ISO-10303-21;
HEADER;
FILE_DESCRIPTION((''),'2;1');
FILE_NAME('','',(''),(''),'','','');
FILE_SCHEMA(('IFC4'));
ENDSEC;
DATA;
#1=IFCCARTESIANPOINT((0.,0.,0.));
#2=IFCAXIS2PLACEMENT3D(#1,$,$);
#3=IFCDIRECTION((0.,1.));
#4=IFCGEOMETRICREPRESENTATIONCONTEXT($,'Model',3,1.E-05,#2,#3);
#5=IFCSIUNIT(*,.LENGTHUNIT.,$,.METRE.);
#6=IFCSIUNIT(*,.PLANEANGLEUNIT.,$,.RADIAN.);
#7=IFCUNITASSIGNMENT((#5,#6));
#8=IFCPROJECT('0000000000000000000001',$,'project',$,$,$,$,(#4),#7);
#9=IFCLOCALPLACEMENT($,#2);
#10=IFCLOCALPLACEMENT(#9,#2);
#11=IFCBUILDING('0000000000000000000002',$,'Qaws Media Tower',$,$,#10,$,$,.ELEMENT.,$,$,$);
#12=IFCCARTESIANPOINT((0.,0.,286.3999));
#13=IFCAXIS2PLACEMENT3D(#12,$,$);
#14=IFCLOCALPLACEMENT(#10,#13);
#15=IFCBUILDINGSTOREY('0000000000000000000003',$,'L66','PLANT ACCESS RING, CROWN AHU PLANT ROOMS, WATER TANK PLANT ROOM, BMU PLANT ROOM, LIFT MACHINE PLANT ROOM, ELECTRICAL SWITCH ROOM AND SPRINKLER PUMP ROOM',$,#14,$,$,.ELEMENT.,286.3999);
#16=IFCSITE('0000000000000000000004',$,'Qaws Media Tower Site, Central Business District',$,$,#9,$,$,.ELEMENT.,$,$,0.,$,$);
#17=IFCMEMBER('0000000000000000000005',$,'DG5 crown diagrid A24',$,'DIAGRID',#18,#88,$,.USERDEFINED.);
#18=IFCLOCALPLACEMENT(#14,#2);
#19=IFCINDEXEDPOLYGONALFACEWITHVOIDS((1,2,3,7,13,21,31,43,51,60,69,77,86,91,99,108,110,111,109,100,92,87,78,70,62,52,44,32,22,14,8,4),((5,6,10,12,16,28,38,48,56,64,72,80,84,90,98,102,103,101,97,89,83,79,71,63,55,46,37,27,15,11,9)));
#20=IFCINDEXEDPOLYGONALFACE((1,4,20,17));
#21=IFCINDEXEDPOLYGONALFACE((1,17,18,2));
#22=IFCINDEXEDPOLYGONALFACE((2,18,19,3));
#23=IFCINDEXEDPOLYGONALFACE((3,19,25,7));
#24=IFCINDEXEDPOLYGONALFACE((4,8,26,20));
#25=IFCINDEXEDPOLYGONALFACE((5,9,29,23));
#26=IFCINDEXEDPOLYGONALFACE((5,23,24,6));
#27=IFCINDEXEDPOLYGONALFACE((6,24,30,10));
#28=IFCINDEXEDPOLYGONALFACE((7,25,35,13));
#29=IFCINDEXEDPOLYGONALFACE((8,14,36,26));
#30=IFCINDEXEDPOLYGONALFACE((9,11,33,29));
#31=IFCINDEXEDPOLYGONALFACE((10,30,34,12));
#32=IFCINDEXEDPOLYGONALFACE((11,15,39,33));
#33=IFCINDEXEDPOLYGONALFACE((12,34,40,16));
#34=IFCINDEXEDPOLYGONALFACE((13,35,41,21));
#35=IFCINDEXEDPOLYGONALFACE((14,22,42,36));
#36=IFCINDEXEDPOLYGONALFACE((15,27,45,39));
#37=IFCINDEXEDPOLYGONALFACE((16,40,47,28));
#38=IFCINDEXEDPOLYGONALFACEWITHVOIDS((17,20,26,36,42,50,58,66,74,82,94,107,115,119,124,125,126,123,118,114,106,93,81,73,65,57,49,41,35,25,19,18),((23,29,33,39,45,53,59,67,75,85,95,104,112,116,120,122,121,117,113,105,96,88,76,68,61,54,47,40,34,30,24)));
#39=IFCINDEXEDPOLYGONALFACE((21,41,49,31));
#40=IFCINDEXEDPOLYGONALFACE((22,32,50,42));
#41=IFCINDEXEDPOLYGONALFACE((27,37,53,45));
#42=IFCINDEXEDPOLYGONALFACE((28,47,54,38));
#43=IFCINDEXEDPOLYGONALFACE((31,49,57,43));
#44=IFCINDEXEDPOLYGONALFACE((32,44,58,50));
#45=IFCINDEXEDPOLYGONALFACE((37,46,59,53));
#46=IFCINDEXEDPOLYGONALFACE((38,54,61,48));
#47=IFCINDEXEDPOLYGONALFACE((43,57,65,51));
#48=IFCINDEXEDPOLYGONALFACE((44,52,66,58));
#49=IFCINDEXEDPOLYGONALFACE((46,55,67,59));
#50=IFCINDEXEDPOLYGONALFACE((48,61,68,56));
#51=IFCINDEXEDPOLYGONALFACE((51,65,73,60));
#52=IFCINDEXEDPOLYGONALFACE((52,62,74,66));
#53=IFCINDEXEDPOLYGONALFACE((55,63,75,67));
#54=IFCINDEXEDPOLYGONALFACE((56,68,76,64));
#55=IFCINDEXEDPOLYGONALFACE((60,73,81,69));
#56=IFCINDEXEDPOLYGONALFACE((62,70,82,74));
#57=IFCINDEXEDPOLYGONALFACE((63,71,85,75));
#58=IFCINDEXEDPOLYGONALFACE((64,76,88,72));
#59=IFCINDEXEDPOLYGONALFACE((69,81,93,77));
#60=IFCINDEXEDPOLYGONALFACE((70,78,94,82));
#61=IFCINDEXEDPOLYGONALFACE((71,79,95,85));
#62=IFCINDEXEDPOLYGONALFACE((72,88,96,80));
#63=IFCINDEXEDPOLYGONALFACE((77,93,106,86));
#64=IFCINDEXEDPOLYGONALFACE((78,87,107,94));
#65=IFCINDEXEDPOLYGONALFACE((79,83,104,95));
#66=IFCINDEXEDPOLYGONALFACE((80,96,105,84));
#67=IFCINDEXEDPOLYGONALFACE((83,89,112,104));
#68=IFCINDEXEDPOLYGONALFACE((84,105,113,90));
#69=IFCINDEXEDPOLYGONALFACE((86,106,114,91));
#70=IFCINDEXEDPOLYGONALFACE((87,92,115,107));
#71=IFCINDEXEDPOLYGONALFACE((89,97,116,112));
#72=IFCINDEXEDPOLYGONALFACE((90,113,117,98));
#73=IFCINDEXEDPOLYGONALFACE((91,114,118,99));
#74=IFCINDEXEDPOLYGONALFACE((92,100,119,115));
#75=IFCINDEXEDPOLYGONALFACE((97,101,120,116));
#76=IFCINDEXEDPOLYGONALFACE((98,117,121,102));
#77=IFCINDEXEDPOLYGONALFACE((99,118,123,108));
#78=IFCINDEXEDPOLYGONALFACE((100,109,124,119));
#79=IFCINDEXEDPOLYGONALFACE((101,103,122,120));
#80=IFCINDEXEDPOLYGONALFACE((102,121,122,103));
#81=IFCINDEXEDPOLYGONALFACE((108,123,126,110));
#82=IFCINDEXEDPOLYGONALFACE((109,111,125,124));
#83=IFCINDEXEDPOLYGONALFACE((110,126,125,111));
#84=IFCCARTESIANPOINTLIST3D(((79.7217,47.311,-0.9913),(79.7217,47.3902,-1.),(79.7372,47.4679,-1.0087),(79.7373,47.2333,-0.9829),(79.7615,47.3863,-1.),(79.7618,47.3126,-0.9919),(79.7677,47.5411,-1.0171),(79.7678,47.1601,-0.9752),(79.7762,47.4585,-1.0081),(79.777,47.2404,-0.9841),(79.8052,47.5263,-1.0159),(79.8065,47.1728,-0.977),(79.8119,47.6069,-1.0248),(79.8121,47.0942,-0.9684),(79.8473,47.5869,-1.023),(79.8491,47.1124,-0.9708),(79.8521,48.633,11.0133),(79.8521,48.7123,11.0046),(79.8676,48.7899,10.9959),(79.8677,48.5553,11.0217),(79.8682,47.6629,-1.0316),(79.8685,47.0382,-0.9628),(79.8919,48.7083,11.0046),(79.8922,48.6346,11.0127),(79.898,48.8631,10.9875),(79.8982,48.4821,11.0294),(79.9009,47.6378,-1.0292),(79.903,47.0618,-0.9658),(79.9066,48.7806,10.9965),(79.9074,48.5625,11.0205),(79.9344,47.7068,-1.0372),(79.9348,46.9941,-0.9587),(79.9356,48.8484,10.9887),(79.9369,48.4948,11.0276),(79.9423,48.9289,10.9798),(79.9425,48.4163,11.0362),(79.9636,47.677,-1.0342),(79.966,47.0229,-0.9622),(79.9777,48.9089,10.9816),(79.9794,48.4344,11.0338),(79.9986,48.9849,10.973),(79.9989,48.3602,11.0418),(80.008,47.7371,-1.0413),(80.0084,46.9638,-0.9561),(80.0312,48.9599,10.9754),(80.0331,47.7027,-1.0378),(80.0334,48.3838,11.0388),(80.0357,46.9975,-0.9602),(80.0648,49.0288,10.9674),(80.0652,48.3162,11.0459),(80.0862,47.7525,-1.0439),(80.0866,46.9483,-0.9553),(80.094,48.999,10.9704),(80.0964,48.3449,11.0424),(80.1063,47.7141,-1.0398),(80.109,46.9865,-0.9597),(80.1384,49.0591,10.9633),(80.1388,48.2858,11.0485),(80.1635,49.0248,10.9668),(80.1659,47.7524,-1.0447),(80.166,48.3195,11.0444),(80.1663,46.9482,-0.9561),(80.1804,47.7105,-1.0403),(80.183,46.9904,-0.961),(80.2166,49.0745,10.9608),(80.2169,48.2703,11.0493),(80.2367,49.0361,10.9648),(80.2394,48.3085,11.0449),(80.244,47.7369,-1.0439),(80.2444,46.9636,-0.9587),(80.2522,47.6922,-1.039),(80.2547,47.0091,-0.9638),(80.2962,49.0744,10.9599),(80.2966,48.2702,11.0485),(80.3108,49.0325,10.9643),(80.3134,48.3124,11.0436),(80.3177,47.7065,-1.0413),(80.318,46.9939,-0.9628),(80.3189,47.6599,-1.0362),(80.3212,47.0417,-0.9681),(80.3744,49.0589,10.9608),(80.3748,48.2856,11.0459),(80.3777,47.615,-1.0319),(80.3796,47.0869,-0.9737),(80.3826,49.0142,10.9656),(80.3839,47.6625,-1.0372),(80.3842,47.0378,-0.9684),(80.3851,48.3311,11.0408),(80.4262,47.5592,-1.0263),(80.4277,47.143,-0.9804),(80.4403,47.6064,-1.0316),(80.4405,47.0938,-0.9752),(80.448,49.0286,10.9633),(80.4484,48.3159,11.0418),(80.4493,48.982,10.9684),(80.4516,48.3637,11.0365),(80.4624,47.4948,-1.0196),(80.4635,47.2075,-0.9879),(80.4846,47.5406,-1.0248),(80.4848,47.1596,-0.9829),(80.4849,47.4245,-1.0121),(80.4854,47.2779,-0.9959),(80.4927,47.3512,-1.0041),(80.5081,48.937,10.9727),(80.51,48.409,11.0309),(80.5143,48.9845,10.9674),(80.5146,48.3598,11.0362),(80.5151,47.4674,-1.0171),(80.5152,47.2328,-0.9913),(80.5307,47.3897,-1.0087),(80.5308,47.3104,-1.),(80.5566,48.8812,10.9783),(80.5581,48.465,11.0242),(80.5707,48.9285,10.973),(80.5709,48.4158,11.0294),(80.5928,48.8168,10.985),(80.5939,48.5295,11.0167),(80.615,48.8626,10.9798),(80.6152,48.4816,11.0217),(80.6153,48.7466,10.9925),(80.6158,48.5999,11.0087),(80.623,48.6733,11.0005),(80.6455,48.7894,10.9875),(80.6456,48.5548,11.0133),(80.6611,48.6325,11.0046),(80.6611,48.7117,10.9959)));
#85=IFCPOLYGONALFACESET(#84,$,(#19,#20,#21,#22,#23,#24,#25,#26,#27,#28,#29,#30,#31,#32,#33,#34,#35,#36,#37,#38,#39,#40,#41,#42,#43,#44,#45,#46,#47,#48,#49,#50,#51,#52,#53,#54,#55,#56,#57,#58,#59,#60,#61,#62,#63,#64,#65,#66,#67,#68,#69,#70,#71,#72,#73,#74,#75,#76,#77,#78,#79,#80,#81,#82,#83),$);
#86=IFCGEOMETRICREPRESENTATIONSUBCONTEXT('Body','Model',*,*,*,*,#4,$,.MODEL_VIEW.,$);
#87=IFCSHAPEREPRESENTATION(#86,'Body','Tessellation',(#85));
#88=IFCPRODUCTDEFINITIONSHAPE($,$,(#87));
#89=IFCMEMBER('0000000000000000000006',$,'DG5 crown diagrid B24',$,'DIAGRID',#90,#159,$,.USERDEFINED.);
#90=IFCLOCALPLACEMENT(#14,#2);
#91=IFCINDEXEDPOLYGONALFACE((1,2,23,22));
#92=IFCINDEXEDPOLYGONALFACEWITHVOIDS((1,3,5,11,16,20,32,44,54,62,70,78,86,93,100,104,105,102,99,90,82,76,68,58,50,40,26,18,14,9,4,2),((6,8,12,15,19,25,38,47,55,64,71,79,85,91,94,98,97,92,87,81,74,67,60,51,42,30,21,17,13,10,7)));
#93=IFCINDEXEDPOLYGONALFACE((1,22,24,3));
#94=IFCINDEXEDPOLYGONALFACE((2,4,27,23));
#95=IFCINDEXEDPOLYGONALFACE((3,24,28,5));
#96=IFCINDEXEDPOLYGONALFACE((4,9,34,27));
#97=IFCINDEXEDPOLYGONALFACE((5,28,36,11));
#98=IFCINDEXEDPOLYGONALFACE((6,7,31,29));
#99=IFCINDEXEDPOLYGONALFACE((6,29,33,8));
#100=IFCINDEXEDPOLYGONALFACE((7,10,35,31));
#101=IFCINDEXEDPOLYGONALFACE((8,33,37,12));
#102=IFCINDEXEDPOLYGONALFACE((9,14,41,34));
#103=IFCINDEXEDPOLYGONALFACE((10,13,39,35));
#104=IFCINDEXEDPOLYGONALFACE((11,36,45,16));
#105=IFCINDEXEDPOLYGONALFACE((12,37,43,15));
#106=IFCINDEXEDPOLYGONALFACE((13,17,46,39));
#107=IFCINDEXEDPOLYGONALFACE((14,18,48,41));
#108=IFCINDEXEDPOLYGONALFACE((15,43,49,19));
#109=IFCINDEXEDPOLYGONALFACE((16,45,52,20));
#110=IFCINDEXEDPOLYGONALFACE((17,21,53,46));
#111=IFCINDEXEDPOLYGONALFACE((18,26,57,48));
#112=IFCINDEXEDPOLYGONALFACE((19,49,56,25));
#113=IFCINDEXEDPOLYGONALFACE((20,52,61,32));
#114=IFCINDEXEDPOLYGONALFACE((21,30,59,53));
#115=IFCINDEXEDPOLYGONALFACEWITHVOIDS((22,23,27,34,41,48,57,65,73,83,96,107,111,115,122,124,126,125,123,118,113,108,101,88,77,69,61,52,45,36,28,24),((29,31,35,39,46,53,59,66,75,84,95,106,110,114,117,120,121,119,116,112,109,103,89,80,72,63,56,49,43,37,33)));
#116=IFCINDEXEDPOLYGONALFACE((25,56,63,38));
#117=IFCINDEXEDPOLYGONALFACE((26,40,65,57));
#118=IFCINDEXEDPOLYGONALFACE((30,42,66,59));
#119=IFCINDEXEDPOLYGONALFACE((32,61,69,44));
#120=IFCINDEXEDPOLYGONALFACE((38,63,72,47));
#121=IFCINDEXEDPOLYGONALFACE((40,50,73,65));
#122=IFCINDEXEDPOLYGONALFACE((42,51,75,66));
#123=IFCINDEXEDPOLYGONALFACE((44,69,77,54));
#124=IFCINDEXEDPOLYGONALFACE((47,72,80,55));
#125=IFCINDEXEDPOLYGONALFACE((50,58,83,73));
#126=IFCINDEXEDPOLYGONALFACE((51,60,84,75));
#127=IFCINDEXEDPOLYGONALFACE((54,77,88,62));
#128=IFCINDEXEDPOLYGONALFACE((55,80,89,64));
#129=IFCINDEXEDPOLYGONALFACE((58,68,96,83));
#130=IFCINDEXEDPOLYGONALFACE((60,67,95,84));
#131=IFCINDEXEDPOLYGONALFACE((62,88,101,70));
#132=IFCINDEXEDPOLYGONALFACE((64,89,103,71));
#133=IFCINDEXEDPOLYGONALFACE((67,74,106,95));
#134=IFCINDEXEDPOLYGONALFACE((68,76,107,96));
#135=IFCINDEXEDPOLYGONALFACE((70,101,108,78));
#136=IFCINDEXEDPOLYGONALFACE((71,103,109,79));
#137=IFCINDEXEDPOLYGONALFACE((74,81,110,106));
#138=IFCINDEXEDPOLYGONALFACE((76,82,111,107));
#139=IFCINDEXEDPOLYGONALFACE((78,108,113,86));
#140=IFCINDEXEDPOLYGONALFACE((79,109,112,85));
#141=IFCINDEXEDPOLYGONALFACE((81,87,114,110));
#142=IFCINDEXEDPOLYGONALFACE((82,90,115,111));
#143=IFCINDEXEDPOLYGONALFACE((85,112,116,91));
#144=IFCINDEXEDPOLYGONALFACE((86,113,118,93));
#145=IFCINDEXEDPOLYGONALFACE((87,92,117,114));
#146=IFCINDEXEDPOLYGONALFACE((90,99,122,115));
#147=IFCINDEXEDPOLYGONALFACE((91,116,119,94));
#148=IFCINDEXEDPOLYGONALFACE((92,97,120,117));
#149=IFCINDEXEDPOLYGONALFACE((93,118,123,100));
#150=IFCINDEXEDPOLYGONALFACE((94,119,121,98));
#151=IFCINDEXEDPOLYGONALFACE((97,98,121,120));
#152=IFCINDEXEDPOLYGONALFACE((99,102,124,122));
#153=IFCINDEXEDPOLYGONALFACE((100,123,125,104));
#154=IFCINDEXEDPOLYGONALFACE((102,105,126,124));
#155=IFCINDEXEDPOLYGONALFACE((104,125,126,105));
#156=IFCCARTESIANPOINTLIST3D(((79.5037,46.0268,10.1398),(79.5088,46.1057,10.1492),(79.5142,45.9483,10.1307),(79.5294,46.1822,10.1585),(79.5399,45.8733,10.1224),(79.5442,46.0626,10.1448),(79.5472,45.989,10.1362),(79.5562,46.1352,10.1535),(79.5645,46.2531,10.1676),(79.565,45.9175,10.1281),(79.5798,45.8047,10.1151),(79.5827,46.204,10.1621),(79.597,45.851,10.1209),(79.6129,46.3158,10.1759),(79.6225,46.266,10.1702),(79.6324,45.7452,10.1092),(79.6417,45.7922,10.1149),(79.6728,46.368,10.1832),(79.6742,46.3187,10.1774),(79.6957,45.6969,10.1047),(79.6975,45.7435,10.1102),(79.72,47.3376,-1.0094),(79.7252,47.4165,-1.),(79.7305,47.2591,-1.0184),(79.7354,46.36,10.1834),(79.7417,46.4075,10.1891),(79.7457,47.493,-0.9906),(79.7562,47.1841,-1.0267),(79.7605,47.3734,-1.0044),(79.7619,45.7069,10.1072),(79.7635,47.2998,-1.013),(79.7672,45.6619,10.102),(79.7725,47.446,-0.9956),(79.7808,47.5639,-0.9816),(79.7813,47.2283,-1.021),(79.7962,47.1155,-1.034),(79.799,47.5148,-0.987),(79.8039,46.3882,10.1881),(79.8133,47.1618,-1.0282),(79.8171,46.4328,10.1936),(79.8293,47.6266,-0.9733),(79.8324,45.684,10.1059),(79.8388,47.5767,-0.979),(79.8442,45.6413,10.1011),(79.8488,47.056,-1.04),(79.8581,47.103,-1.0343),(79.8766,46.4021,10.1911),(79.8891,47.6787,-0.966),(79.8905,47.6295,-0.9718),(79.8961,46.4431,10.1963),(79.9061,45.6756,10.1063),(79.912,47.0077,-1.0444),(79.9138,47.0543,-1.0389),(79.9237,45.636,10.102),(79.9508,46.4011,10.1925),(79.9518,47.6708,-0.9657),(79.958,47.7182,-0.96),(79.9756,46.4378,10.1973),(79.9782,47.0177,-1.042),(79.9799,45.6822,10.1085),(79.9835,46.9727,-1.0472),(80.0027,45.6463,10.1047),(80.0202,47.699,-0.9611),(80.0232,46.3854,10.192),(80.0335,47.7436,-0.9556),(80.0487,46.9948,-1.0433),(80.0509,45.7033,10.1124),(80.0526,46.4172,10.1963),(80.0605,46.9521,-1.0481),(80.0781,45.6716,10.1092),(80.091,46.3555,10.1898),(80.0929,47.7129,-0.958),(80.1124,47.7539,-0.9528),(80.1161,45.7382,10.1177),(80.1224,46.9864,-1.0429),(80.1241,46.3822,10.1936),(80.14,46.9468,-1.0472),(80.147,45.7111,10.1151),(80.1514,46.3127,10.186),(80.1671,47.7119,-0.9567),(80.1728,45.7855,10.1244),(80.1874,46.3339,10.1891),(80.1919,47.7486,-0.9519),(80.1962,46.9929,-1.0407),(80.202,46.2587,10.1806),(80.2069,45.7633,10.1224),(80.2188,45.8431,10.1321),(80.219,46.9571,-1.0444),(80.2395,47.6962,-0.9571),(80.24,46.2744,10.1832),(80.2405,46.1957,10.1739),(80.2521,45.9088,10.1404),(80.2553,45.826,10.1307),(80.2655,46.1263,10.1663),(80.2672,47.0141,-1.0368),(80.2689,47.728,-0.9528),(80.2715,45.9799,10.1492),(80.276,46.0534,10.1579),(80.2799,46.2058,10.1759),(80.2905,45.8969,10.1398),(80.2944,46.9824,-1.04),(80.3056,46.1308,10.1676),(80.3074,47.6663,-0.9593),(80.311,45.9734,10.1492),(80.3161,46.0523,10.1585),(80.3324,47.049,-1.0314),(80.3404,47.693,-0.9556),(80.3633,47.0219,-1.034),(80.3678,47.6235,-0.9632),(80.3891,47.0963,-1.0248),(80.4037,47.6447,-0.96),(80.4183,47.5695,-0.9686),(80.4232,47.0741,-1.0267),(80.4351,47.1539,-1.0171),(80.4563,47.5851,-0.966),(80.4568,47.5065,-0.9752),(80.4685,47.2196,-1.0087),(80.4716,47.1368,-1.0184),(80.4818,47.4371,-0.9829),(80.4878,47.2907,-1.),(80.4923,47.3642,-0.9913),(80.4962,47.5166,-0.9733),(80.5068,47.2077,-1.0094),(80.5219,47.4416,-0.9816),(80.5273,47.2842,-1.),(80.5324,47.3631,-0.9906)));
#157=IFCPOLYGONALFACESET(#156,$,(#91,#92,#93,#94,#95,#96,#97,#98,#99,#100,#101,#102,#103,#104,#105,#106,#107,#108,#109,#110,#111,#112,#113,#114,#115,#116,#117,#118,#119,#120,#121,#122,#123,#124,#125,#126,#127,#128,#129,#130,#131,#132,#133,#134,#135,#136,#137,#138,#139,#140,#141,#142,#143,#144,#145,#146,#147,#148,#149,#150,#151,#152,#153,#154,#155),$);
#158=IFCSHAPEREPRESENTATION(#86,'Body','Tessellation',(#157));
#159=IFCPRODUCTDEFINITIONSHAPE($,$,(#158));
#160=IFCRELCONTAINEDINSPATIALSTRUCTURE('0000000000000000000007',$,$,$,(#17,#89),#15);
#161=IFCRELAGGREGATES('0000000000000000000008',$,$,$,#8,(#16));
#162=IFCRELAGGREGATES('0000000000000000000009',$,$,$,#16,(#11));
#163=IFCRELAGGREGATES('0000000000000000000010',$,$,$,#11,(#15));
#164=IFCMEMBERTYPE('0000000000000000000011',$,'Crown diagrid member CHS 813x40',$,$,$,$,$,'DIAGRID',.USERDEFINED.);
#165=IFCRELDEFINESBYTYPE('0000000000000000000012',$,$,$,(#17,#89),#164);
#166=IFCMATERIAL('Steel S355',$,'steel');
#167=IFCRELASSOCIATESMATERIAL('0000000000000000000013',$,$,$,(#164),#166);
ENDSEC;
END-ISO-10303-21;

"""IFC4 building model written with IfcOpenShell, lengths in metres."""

from ifc_helpers import new_model, si_unit, direction, frame, origin, origin_2d, place, context, subcontext, project, spatial, hollow_circle, extrude, material, material_profile, profile_set, type_object, element, save


model = new_model("IFC4")

# Units and contexts
model_context = context("Model", 3, precision=1e-05, world=origin(), true_north=direction((0.0, 1.0)))
body_context = subcontext(model_context, "Body", "Model", "MODEL_VIEW")
ifc_project = project(units=[si_unit("LENGTHUNIT", "METRE"), si_unit("PLANEANGLEUNIT", "RADIAN")], contexts=[model_context])

# Site, building, storey
site_placement = place(None, origin())
site = spatial("IfcSite", under=ifc_project, at=site_placement, Name="Qaws Media Tower Site, Central Business District", CompositionType="ELEMENT", RefElevation=0.0)
building_placement = place(site_placement, origin())
building = spatial("IfcBuilding", under=site, at=building_placement, Name="Qaws Media Tower", CompositionType="ELEMENT")
storey_placement = place(building_placement, frame((0.0, 0.0, 286.3999)))
storey = spatial("IfcBuildingStorey", under=building, at=storey_placement, Name="L66", Description="PLANT ACCESS RING, CROWN AHU PLANT ROOMS, WATER TANK PLANT ROOM, BMU PLANT ROOM, LIFT MACHINE PLANT ROOM, ELECTRICAL SWITCH ROOM AND SPRINKLER PUMP ROOM", CompositionType="ELEMENT", Elevation=286.3999)

# Members
ifc_material_1 = material(Name="Steel S355", Category="steel")
ifc_material_profile_1 = material_profile(ifc_material_1, hollow_circle(Radius=0.4065, WallThickness=0.04, at=origin_2d()), Name="CHS 813x40")
ifc_profile_set_1 = profile_set([ifc_material_profile_1], Name="Steel S355")
member_type_1 = type_object("IfcMemberType", Name="Crown diagrid member CHS 813x40", ElementType="DIAGRID", PredefinedType="USERDEFINED", material=ifc_profile_set_1)
member_1_placement = place(storey_placement, frame((80.1262, 47.3503, -1.0), z_axis=(0.010794, 0.109458, 0.993933), x_axis=(-0.995173, 0.098139, 0.0)))
element("IfcMember", 1, at=member_1_placement, inside=storey, type_object=member_type_1, Name="DG5 crown diagrid A24", ObjectType="DIAGRID", PredefinedType="USERDEFINED", context=body_context, shape_type="SweptSolid", body=[
    extrude(hollow_circle(Radius=0.4065, WallThickness=0.04, at=origin_2d()), origin(), (0.0, 0.0, 1.0), 12.0779),
])
member_2_placement = place(storey_placement, frame((80.1262, 47.3503, -1.0), z_axis=(-0.019265, -0.116743, 0.992975), x_axis=(0.986656, -0.162819, 0.0)))
element("IfcMember", 2, at=member_2_placement, inside=storey, type_object=member_type_1, Name="DG5 crown diagrid B24", ObjectType="DIAGRID", PredefinedType="USERDEFINED", context=body_context, shape_type="SweptSolid", body=[
    extrude(hollow_circle(Radius=0.4065, WallThickness=0.04, at=origin_2d()), origin(), (0.0, 0.0, 1.0), 11.228),
])

save(model, "model.ifc")
